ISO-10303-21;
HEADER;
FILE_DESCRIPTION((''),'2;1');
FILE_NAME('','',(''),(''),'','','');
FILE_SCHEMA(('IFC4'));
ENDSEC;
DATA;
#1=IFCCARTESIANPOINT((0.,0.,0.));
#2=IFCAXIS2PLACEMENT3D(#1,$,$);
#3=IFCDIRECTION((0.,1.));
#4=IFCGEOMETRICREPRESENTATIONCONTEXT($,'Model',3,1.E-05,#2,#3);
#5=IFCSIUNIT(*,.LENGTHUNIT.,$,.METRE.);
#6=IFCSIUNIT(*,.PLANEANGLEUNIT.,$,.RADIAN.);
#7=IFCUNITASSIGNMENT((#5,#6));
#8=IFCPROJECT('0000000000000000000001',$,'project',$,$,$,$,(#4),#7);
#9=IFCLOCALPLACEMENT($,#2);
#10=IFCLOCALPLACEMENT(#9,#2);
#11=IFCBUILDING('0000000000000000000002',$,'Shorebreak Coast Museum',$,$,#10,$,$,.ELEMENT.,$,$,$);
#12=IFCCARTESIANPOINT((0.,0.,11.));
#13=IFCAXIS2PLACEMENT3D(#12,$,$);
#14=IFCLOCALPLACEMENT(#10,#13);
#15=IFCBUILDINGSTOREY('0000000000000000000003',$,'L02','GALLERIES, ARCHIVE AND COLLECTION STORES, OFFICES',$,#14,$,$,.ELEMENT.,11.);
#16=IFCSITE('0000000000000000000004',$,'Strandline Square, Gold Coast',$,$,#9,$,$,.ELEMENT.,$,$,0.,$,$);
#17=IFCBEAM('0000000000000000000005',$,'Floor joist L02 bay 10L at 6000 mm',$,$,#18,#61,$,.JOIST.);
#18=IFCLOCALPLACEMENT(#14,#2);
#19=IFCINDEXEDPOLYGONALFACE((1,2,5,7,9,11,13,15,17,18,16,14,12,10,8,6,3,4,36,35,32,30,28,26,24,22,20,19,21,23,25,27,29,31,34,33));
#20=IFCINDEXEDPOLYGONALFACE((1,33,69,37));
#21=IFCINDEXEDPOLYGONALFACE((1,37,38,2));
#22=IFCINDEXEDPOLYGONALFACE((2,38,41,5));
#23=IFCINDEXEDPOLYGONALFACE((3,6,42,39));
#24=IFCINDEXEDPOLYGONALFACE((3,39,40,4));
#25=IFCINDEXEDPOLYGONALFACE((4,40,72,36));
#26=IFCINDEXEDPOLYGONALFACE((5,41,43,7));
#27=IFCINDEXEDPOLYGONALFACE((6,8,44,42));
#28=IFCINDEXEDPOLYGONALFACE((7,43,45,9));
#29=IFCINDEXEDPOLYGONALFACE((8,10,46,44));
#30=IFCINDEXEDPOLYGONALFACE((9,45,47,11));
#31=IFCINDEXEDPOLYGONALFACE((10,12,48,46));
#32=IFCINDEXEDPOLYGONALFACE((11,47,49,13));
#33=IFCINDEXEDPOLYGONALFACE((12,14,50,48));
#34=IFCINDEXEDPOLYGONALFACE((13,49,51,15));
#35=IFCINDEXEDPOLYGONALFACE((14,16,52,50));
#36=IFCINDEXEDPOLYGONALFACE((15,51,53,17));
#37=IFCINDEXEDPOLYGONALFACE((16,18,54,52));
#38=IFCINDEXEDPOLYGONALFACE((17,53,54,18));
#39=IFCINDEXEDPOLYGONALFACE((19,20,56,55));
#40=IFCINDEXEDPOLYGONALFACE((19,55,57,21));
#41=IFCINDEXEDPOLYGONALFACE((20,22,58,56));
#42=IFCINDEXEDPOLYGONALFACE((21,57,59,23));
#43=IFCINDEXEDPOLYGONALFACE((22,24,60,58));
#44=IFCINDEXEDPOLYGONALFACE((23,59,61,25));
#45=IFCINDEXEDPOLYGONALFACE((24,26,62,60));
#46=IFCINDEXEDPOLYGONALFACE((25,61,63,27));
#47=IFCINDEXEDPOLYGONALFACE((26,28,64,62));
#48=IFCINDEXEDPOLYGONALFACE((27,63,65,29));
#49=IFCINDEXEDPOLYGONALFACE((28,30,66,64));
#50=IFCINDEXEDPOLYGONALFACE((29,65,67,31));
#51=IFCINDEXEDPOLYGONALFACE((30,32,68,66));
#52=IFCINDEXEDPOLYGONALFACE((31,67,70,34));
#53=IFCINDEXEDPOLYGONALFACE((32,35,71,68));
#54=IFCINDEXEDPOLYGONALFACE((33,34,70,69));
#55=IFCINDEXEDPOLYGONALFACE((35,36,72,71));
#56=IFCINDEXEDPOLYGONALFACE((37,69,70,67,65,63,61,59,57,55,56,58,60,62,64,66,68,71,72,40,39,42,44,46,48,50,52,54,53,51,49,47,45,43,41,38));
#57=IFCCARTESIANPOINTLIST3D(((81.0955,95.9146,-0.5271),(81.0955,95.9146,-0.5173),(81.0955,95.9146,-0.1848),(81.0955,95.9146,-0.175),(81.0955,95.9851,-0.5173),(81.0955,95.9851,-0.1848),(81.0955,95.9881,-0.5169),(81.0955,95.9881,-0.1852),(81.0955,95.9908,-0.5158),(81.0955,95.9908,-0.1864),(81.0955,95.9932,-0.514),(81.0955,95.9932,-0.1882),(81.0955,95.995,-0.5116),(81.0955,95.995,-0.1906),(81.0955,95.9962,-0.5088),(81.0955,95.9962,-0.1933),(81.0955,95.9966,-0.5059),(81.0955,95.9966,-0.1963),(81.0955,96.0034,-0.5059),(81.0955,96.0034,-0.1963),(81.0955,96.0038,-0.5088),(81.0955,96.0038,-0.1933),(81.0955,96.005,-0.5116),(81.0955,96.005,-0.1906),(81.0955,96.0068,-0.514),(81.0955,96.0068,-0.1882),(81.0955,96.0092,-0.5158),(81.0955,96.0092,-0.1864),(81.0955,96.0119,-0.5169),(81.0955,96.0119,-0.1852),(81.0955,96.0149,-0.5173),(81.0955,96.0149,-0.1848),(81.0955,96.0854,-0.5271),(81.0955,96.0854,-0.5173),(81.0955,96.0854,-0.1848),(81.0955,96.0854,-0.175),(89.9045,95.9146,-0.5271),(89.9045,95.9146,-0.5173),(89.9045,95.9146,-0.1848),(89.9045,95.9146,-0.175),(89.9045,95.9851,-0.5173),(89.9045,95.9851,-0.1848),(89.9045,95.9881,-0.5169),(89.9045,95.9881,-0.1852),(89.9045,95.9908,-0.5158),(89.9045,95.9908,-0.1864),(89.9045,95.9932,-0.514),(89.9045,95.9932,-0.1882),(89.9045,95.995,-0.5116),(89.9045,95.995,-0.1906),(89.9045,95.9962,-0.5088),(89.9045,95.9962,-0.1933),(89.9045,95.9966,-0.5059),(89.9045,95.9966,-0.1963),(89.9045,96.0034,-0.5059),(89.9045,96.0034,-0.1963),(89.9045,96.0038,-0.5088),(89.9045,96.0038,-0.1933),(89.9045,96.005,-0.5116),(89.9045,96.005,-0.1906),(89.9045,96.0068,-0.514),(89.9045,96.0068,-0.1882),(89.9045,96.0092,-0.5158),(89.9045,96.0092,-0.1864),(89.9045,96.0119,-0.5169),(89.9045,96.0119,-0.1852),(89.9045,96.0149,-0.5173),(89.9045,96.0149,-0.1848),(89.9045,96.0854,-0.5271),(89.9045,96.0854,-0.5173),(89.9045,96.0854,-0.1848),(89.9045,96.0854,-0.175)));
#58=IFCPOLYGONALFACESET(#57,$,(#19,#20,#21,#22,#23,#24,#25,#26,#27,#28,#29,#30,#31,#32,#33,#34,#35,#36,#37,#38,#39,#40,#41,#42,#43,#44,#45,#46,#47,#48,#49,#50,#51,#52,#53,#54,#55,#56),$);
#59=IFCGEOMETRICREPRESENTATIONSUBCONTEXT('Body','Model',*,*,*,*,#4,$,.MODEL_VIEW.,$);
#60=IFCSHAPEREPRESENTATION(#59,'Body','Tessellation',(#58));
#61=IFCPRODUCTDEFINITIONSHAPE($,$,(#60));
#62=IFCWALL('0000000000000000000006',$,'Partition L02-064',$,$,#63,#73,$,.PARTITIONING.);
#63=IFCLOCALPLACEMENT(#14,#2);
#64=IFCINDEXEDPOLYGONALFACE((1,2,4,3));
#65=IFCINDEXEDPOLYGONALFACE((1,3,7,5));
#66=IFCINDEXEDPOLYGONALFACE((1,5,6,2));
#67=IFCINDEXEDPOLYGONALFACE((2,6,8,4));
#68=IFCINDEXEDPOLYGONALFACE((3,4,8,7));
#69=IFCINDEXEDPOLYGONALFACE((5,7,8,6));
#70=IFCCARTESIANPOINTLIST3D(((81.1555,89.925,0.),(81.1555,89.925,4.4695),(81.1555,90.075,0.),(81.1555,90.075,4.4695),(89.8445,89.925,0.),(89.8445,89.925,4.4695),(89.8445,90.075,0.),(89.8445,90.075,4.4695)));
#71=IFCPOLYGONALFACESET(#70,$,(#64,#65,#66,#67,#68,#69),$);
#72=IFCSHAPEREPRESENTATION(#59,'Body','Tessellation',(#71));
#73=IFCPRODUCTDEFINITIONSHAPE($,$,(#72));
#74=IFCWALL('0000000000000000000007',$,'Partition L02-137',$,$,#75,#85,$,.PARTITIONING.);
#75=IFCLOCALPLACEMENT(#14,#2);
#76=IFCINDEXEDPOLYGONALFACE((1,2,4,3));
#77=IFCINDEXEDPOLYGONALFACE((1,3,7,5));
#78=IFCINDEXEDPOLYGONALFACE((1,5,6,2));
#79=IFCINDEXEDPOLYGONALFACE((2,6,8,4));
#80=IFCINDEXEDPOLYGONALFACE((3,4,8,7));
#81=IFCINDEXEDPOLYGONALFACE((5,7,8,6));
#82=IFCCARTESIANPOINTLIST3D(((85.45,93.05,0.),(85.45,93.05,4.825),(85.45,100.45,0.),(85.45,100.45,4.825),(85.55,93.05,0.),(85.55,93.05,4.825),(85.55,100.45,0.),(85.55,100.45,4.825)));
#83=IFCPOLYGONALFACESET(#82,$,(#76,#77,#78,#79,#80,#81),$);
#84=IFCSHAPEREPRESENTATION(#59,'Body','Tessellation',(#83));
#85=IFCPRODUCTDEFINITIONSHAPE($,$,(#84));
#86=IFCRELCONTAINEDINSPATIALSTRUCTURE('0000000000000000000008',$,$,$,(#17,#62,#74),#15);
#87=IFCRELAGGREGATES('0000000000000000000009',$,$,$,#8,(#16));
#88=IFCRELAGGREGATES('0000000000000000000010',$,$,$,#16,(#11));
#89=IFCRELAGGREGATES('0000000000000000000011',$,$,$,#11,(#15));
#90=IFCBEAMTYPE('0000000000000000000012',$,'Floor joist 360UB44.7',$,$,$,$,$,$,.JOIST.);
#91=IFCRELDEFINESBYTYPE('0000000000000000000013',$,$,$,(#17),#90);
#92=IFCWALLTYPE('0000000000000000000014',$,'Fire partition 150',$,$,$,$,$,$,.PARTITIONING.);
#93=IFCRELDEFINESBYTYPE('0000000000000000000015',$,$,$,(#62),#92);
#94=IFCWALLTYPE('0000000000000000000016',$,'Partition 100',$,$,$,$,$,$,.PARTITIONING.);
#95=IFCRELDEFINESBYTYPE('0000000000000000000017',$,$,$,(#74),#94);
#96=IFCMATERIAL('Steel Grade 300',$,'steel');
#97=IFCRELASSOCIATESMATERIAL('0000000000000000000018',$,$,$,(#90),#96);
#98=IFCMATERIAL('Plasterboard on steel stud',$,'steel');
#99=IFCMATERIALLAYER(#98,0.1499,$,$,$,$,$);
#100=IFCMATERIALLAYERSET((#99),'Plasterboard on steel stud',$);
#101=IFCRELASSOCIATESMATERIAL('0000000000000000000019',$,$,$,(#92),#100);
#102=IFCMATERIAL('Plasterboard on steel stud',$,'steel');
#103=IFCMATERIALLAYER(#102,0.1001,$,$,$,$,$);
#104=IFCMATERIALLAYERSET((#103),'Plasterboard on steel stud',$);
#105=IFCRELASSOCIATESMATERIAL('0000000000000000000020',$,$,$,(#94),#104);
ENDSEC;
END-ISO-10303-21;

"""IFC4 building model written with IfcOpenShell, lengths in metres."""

from ifc_helpers import new_model, si_unit, direction, frame, frame_2d, origin, origin_2d, place, context, subcontext, project, spatial, rectangle, i_section, extrude, material, layer, layer_set, material_profile, profile_set, type_object, element, save


model = new_model("IFC4")

# Units and contexts
model_context = context("Model", 3, precision=1e-05, world=origin(), true_north=direction((0.0, 1.0)))
body_context = subcontext(model_context, "Body", "Model", "MODEL_VIEW")
ifc_project = project(units=[si_unit("LENGTHUNIT", "METRE"), si_unit("PLANEANGLEUNIT", "RADIAN")], contexts=[model_context])

# Site, building, storey
site_placement = place(None, origin())
site = spatial("IfcSite", under=ifc_project, at=site_placement, Name="Strandline Square, Gold Coast", CompositionType="ELEMENT", RefElevation=0.0)
building_placement = place(site_placement, origin())
building = spatial("IfcBuilding", under=site, at=building_placement, Name="Shorebreak Coast Museum", CompositionType="ELEMENT")
storey_placement = place(building_placement, frame((0.0, 0.0, 11.0)))
storey = spatial("IfcBuildingStorey", under=building, at=storey_placement, Name="L02", Description="GALLERIES, ARCHIVE AND COLLECTION STORES, OFFICES", CompositionType="ELEMENT", Elevation=11.0)

# Beam
ifc_material_1 = material(Name="Steel Grade 300", Category="steel")
ifc_material_profile_1 = material_profile(ifc_material_1, i_section(OverallWidth=0.1709, OverallDepth=0.3521, WebThickness=0.0068, FlangeThickness=0.0098, FilletRadius=0.0115, at=origin_2d()), Name="360UB44.7")
ifc_profile_set_1 = profile_set([ifc_material_profile_1], Name="Steel Grade 300")
beam_type_1 = type_object("IfcBeamType", Name="Floor joist 360UB44.7", PredefinedType="JOIST", material=ifc_profile_set_1)
for number, where, z_axis, x_axis, name in (
    (1, (81.0955, 96.0, -0.3511), (1.0, 0.0, 0.0), (0.0, 1.0, 0.0), "Floor joist L02 bay 10L at 6000 mm"),
):
    element("IfcBeam", number, at=place(storey_placement, frame(where, z_axis=z_axis, x_axis=x_axis)), inside=storey, type_object=beam_type_1, Name=name, PredefinedType="JOIST", context=body_context, shape_type="SweptSolid", body=[
        extrude(i_section(OverallWidth=0.1709, OverallDepth=0.3521, WebThickness=0.0068, FlangeThickness=0.0098, FilletRadius=0.0115, at=origin_2d()), origin(), (0.0, 0.0, 1.0), 8.8091),
    ])

# Walls
ifc_material_2 = material(Name="Plasterboard on steel stud", Category="steel")
ifc_layer_1 = layer(ifc_material_2, 0.1499)
ifc_layer_set_1 = layer_set([ifc_layer_1], Name="Plasterboard on steel stud")
wall_type_1 = type_object("IfcWallType", Name="Fire partition 150", PredefinedType="PARTITIONING", material=ifc_layer_set_1)
wall_1_placement = place(storey_placement, frame((81.1555, 90.0, 0.0), z_axis=(0.0, 0.0, 1.0), x_axis=(1.0, 0.0, 0.0)))
element("IfcWall", 2, at=wall_1_placement, inside=storey, type_object=wall_type_1, Name="Partition L02-064", PredefinedType="PARTITIONING", context=body_context, shape_type="SweptSolid", body=[
    extrude(rectangle(XDim=8.689, YDim=0.1499, at=frame_2d((4.3445, 0.0))), origin(), (0.0, 0.0, 1.0), 4.4695),
])
ifc_material_3 = material(Name="Plasterboard on steel stud", Category="steel")
ifc_layer_2 = layer(ifc_material_3, 0.1001)
ifc_layer_set_2 = layer_set([ifc_layer_2], Name="Plasterboard on steel stud")
wall_type_2 = type_object("IfcWallType", Name="Partition 100", PredefinedType="PARTITIONING", material=ifc_layer_set_2)
wall_2_placement = place(storey_placement, frame((85.5, 93.05, 0.0), z_axis=(0.0, 0.0, 1.0), x_axis=(0.0, 1.0, 0.0)))
element("IfcWall", 3, at=wall_2_placement, inside=storey, type_object=wall_type_2, Name="Partition L02-137", PredefinedType="PARTITIONING", context=body_context, shape_type="SweptSolid", body=[
    extrude(rectangle(XDim=7.3999, YDim=0.1001, at=frame_2d((3.7, 0.0))), origin(), (0.0, 0.0, 1.0), 4.825),
])

save(model, "model.ifc")
